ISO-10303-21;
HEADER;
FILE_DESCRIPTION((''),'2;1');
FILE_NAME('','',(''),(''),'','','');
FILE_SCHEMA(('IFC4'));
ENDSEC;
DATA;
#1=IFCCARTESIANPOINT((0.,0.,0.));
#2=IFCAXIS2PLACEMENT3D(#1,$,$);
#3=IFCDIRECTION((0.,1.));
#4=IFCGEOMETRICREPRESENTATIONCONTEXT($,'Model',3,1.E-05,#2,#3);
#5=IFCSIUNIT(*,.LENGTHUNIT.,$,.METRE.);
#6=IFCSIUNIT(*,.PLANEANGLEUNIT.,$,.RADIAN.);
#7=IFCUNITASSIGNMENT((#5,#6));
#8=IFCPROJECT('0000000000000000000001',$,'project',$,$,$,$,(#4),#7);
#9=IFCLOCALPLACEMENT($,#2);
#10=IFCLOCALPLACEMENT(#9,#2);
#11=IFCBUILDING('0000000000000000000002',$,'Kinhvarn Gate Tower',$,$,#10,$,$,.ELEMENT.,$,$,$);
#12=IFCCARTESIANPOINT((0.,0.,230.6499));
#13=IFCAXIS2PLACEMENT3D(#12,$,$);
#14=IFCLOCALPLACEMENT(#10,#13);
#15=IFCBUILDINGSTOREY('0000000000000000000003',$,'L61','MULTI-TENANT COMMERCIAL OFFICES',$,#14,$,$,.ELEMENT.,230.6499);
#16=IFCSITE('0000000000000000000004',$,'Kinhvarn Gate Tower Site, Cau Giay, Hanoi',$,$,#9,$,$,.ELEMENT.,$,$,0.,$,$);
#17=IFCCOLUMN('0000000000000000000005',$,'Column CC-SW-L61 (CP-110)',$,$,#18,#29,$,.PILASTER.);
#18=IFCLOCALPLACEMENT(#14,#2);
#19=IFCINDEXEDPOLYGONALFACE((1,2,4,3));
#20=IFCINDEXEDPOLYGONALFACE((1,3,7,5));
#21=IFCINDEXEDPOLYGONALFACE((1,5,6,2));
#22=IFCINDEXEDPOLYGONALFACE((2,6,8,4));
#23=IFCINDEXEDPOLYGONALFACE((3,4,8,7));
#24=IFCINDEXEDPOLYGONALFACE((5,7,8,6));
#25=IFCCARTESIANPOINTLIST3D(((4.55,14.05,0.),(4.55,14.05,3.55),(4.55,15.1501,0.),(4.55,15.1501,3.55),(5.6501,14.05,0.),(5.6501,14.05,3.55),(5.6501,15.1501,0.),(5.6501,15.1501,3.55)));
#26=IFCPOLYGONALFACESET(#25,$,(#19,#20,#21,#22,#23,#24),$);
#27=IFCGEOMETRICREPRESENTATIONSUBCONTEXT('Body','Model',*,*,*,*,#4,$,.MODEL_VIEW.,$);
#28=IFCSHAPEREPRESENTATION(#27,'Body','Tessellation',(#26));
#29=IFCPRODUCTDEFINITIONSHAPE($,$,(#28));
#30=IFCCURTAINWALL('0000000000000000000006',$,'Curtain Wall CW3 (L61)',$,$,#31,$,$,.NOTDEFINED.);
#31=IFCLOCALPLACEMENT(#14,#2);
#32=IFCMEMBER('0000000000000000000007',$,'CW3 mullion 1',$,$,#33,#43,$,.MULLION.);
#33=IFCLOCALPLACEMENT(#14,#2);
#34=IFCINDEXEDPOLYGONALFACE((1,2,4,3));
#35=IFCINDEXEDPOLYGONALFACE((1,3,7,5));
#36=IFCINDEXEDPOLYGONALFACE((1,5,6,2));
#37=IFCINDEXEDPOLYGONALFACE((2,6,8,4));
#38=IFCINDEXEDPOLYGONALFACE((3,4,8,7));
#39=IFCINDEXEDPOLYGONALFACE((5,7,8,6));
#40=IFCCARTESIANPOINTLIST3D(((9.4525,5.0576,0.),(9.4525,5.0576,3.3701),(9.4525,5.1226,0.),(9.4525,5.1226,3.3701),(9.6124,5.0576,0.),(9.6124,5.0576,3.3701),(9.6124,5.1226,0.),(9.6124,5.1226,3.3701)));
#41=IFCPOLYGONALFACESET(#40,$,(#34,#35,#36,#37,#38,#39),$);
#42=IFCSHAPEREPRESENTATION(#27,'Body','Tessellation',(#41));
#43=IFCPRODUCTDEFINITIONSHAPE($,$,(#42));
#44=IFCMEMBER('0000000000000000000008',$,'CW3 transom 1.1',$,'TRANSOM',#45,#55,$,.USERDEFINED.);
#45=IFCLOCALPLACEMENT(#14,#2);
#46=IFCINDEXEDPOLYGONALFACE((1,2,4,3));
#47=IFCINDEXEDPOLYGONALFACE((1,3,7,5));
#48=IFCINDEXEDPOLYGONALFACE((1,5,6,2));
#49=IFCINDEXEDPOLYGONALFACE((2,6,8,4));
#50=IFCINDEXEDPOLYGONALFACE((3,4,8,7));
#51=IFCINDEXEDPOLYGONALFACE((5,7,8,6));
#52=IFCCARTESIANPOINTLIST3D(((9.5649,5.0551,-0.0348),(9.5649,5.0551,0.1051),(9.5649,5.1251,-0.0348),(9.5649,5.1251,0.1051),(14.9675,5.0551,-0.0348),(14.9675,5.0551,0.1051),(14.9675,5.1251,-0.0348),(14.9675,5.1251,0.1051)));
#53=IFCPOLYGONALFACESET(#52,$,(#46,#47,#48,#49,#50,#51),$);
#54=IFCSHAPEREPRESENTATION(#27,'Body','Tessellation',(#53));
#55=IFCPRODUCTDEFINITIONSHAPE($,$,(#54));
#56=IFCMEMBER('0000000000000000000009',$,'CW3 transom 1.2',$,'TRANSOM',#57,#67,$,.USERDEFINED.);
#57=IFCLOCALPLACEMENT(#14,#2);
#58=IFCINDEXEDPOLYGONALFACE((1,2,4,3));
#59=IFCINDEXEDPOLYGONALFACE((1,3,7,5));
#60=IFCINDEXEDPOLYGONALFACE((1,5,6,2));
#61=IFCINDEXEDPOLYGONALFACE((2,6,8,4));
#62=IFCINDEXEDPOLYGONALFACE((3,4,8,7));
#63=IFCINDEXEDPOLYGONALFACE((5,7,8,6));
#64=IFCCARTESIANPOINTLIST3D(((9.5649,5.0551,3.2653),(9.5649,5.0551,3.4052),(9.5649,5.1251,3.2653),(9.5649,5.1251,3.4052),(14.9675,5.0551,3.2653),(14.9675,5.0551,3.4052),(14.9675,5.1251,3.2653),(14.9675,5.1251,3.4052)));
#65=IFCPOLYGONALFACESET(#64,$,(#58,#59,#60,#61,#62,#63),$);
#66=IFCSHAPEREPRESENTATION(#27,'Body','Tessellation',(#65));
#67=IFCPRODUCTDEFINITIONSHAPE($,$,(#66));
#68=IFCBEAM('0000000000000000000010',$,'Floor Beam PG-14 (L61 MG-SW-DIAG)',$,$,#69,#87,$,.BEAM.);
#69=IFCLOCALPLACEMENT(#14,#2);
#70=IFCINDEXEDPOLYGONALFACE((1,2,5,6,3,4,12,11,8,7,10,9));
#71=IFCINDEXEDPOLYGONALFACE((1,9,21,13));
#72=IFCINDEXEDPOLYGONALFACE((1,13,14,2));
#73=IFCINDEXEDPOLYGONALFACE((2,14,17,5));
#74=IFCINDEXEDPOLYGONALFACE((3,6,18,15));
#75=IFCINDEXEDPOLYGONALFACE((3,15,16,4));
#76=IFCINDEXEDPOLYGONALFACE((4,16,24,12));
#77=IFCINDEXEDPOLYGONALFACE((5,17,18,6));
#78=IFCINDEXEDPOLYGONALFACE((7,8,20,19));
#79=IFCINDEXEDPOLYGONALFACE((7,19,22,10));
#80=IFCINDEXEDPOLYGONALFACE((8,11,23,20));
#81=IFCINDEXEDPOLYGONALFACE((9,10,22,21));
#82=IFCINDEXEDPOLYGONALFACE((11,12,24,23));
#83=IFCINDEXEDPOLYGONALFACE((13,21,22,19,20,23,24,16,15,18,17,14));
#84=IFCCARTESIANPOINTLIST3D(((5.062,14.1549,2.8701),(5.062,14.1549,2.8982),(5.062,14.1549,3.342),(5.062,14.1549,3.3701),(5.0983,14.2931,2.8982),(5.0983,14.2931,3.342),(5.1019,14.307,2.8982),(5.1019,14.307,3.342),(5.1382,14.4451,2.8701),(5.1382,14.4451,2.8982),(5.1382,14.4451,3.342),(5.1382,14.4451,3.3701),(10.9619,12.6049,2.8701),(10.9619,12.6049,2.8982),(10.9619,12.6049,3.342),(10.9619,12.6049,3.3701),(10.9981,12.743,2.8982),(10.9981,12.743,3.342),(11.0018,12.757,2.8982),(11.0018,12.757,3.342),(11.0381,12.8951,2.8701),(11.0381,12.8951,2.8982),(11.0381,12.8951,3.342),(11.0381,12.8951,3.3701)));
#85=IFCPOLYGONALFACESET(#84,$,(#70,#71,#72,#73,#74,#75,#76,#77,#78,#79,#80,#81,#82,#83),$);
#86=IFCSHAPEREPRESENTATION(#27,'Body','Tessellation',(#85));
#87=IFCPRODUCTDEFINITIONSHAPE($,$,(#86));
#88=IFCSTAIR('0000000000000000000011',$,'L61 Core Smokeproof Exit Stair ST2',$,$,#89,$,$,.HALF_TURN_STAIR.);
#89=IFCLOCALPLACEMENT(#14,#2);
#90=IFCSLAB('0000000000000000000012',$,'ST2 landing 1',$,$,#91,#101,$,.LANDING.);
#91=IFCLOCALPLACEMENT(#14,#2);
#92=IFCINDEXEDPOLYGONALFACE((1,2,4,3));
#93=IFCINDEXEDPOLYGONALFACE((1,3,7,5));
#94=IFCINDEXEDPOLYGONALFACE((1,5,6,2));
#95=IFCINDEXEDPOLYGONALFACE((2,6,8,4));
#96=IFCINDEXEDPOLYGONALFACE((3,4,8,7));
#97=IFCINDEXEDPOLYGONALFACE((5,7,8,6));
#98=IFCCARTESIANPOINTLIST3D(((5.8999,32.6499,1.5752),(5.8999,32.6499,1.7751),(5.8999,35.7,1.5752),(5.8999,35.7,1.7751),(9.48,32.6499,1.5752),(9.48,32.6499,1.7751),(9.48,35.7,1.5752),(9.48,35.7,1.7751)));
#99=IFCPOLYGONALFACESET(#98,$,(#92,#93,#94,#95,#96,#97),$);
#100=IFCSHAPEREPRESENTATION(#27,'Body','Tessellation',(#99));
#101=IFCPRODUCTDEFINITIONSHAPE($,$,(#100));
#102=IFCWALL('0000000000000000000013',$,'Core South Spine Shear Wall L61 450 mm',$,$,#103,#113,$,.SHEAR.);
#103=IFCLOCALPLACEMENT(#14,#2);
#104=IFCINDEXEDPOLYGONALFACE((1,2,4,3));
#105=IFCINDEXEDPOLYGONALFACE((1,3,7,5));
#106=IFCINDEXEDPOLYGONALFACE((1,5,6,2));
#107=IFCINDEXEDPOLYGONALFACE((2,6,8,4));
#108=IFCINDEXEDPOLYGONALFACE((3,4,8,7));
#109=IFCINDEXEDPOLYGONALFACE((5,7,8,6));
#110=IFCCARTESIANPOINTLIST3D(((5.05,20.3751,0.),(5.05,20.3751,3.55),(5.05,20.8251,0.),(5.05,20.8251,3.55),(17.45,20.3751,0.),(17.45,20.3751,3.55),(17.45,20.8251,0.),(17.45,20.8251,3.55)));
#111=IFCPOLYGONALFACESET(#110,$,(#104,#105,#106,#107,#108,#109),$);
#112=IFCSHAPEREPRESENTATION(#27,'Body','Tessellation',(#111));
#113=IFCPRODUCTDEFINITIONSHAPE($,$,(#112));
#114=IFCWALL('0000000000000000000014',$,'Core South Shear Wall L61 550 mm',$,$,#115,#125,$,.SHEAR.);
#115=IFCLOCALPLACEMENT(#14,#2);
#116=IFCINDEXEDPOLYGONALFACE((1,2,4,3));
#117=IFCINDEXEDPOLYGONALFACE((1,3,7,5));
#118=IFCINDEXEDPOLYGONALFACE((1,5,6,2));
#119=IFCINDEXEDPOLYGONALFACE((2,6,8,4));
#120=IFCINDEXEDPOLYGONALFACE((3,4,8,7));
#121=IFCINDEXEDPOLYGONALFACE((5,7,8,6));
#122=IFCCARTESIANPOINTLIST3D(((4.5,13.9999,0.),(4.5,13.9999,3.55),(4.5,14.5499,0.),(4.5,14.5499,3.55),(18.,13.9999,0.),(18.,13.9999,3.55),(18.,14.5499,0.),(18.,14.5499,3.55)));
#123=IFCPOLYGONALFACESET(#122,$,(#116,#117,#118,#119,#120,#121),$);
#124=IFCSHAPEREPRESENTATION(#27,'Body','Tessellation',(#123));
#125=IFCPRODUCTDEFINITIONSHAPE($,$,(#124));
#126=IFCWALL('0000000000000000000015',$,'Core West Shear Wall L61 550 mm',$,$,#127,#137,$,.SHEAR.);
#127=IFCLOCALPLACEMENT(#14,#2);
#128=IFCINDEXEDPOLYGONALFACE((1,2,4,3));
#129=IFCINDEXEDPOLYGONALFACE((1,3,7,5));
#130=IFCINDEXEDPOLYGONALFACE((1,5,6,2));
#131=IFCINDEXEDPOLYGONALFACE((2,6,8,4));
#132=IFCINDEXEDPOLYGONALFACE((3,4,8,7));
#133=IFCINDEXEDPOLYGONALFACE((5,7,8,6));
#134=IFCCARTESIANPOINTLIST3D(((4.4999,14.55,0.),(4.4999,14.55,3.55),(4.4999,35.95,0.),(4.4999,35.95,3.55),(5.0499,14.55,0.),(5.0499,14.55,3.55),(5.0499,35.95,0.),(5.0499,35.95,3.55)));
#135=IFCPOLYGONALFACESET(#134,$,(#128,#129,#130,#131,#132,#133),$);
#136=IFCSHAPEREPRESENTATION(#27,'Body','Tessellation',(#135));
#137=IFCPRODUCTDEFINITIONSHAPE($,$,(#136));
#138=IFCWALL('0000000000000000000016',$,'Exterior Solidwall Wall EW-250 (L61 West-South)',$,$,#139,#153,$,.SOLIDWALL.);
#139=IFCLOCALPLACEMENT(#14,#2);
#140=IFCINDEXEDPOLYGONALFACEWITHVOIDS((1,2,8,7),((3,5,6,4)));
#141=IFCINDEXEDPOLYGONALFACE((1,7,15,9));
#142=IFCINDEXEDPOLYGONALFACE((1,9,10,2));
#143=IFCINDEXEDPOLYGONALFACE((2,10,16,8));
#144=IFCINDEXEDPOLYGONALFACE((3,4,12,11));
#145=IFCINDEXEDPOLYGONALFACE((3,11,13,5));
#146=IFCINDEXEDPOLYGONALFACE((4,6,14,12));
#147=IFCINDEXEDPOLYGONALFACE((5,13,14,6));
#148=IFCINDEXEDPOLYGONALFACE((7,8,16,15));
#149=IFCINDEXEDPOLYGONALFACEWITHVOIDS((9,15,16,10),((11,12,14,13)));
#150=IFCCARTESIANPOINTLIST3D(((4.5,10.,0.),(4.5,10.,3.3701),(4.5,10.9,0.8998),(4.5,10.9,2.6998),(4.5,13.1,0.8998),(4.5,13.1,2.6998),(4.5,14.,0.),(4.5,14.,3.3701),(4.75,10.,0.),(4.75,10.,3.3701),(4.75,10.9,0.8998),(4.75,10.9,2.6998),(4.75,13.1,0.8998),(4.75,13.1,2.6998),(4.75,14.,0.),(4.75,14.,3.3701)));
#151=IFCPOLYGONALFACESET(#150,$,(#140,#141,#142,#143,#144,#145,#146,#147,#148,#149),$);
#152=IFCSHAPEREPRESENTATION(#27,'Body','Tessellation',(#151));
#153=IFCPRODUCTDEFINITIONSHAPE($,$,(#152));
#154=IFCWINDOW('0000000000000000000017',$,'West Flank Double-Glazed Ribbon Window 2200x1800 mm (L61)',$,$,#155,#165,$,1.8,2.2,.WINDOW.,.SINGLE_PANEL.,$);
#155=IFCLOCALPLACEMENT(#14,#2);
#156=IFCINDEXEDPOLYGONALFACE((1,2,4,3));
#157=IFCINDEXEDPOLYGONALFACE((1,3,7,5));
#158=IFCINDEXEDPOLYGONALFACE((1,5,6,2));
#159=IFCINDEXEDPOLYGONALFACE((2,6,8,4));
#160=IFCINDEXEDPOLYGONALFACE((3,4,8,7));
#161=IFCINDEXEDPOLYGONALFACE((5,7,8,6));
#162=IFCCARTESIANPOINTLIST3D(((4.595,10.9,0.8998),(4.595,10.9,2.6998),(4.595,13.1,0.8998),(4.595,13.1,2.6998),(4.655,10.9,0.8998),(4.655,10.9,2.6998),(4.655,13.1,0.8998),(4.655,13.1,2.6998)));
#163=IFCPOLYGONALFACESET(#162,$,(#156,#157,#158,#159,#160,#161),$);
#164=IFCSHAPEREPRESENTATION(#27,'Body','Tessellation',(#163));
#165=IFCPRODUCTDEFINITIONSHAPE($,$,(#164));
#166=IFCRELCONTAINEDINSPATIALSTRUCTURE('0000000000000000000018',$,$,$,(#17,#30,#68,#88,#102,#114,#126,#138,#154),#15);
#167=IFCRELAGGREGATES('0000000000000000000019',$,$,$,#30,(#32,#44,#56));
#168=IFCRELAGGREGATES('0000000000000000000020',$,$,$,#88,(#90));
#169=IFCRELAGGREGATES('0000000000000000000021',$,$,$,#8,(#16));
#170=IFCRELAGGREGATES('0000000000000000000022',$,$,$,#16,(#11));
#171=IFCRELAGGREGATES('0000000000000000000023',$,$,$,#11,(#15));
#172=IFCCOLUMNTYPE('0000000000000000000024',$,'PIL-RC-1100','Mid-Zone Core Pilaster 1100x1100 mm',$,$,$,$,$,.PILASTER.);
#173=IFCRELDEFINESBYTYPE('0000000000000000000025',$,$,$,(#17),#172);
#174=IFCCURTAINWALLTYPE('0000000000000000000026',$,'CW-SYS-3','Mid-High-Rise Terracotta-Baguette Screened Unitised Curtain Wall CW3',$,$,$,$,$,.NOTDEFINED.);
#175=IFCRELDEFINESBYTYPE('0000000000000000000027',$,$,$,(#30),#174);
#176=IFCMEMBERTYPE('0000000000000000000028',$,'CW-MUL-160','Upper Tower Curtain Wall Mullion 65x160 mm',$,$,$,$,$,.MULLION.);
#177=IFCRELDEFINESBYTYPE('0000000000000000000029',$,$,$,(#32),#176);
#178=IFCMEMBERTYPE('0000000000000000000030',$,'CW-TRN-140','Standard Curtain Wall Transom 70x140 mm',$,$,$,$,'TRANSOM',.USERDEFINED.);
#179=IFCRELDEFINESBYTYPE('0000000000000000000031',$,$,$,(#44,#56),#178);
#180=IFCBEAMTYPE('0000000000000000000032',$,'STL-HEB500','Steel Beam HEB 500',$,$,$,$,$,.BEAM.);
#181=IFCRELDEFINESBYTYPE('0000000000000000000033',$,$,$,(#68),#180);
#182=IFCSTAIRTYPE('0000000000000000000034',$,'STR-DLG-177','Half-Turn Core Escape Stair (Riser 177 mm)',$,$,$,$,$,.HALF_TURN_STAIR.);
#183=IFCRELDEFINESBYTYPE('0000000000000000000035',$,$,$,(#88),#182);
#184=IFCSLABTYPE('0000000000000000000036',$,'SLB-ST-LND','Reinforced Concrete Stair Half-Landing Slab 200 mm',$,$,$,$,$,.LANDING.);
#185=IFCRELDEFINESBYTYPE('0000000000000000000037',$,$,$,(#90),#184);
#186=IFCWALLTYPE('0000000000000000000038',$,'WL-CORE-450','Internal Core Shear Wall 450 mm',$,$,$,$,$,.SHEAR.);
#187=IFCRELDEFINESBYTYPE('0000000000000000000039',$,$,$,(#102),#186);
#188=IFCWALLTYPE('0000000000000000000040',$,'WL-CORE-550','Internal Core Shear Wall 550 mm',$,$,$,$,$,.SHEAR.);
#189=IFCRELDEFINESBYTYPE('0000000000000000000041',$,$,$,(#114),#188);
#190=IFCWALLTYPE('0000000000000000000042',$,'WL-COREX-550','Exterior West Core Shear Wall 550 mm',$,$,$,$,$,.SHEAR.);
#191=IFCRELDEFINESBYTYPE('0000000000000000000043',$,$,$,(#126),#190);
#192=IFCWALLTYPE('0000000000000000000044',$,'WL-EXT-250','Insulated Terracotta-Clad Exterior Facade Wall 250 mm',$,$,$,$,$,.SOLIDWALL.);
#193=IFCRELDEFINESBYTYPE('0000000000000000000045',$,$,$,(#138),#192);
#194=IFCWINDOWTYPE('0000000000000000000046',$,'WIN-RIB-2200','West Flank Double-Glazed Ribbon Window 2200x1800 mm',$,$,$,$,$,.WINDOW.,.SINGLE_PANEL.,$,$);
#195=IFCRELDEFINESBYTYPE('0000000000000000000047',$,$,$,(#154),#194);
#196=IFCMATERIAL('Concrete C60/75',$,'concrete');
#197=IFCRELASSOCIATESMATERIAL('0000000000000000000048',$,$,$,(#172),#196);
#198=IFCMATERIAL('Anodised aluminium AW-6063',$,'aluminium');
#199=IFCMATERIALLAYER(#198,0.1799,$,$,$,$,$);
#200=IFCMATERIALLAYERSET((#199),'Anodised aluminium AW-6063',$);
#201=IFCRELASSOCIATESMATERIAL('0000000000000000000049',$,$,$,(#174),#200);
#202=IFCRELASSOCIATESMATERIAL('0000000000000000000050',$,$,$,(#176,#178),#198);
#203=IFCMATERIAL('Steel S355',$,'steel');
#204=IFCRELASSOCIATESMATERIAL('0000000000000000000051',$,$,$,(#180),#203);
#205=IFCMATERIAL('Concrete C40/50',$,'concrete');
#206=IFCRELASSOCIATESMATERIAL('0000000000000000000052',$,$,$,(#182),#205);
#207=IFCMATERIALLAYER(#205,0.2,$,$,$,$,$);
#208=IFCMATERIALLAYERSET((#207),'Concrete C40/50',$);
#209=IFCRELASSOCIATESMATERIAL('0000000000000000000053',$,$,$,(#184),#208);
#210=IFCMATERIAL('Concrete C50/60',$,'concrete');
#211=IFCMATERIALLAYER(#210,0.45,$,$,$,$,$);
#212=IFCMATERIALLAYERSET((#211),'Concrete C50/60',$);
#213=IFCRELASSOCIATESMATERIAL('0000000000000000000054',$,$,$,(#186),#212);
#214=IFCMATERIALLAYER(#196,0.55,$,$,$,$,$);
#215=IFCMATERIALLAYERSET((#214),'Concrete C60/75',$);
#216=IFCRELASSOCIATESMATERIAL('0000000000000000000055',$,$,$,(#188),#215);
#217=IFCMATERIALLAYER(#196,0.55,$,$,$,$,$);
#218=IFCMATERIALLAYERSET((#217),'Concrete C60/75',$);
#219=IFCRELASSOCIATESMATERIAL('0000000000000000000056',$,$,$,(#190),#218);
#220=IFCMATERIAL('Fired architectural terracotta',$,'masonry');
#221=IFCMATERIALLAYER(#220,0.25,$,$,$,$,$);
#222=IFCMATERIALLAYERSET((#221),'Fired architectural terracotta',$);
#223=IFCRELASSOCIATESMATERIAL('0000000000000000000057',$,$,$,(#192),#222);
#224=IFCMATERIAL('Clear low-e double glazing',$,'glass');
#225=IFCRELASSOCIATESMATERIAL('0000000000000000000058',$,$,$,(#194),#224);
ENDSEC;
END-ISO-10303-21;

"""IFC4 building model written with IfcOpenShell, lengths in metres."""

from ifc_helpers import new_model, si_unit, direction, frame, frame_2d, origin, origin_2d, place, context, subcontext, project, spatial, polyline, rectangle, i_section, outline, extrude, material, layer, layer_set, material_profile, profile_set, type_object, element, fill, aggregate, save


model = new_model("IFC4")

# Units and contexts
model_context = context("Model", 3, precision=1e-05, world=origin(), true_north=direction((0.0, 1.0)))
body_context = subcontext(model_context, "Body", "Model", "MODEL_VIEW")
ifc_project = project(units=[si_unit("LENGTHUNIT", "METRE"), si_unit("PLANEANGLEUNIT", "RADIAN")], contexts=[model_context])

# Site, building, storey
site_placement = place(None, origin())
site = spatial("IfcSite", under=ifc_project, at=site_placement, Name="Kinhvarn Gate Tower Site, Cau Giay, Hanoi", CompositionType="ELEMENT", RefElevation=0.0)
building_placement = place(site_placement, origin())
building = spatial("IfcBuilding", under=site, at=building_placement, Name="Kinhvarn Gate Tower", CompositionType="ELEMENT")
storey_placement = place(building_placement, frame((0.0, 0.0, 230.6499)))
storey = spatial("IfcBuildingStorey", under=building, at=storey_placement, Name="L61", Description="MULTI-TENANT COMMERCIAL OFFICES", CompositionType="ELEMENT", Elevation=230.6499)

# Column
ifc_material_1 = material(Name="Concrete C60/75", Category="concrete")
ifc_material_profile_1 = material_profile(ifc_material_1, rectangle(XDim=1.1001, YDim=1.1001, at=origin_2d()), Name="RC 1100x1100")
ifc_profile_set_1 = profile_set([ifc_material_profile_1], Name="Concrete C60/75")
column_type = type_object("IfcColumnType", Name="PIL-RC-1100", Description="Mid-Zone Core Pilaster 1100x1100 mm", PredefinedType="PILASTER", material=ifc_profile_set_1)
column_placement = place(storey_placement, frame((5.1001, 14.6001, 0.0), z_axis=(0.0, 0.0, 1.0), x_axis=(1.0, 0.0, 0.0)))
element("IfcColumn", 1, at=column_placement, inside=storey, type_object=column_type, Name="Column CC-SW-L61 (CP-110)", PredefinedType="PILASTER", context=body_context, shape_type="SweptSolid", body=[
    extrude(rectangle(XDim=1.1001, YDim=1.1001, at=origin_2d()), origin(), (0.0, 0.0, 1.0), 3.55),
])

# Curtain wall, members
ifc_material_2 = material(Name="Anodised aluminium AW-6063", Category="aluminium")
ifc_layer_1 = layer(ifc_material_2, 0.1799)
ifc_layer_set_1 = layer_set([ifc_layer_1], Name="Anodised aluminium AW-6063")
curtain_wall_type = type_object("IfcCurtainWallType", Name="CW-SYS-3", Description="Mid-High-Rise Terracotta-Baguette Screened Unitised Curtain Wall CW3", PredefinedType="NOTDEFINED", material=ifc_layer_set_1)
curtain_wall_placement = place(storey_placement, origin())
curtain_wall = element("IfcCurtainWall", 2, at=curtain_wall_placement, inside=storey, type_object=curtain_wall_type, Name="Curtain Wall CW3 (L61)", PredefinedType="NOTDEFINED")
ifc_material_profile_2 = material_profile(ifc_material_2, rectangle(XDim=0.0649, YDim=0.1599, at=origin_2d()), Name="ALU 65x160")
ifc_profile_set_2 = profile_set([ifc_material_profile_2], Name="Anodised aluminium AW-6063")
member_type_1 = type_object("IfcMemberType", Name="CW-MUL-160", Description="Upper Tower Curtain Wall Mullion 65x160 mm", PredefinedType="MULLION", material=ifc_profile_set_2)
member_1_placement = place(storey_placement, frame((9.5325, 5.0901, 0.0), z_axis=(0.0, 0.0, 1.0), x_axis=(0.0, 1.0, 0.0)))
member_1 = element("IfcMember", 3, at=member_1_placement, type_object=member_type_1, Name="CW3 mullion 1", PredefinedType="MULLION", context=body_context, shape_type="SweptSolid", body=[
    extrude(rectangle(XDim=0.0649, YDim=0.1599, at=origin_2d()), origin(), (0.0, 0.0, 1.0), 3.3701),
])
ifc_material_profile_3 = material_profile(ifc_material_2, rectangle(XDim=0.0701, YDim=0.1399, at=origin_2d()), Name="ALU 70x140")
ifc_profile_set_3 = profile_set([ifc_material_profile_3], Name="Anodised aluminium AW-6063")
member_type_2 = type_object("IfcMemberType", Name="CW-TRN-140", Description="Standard Curtain Wall Transom 70x140 mm", ElementType="TRANSOM", PredefinedType="USERDEFINED", material=ifc_profile_set_3)
member_2_placement = place(storey_placement, frame((9.5649, 5.0901, 0.0352), z_axis=(1.0, 0.0, 0.0), x_axis=(0.0, 1.0, 0.0)))
member_2 = element("IfcMember", 4, at=member_2_placement, type_object=member_type_2, Name="CW3 transom 1.1", ObjectType="TRANSOM", PredefinedType="USERDEFINED", context=body_context, shape_type="SweptSolid", body=[
    extrude(rectangle(XDim=0.0701, YDim=0.1399, at=origin_2d()), origin(), (0.0, 0.0, 1.0), 5.4026),
])
member_3_placement = place(storey_placement, frame((9.5649, 5.0901, 3.3352), z_axis=(1.0, 0.0, 0.0), x_axis=(0.0, 1.0, 0.0)))
member_3 = element("IfcMember", 5, at=member_3_placement, type_object=member_type_2, Name="CW3 transom 1.2", ObjectType="TRANSOM", PredefinedType="USERDEFINED", context=body_context, shape_type="SweptSolid", body=[
    extrude(rectangle(XDim=0.0701, YDim=0.1399, at=origin_2d()), origin(), (0.0, 0.0, 1.0), 5.4026),
])
aggregate(curtain_wall, [member_1, member_2, member_3])

# Beam
ifc_material_3 = material(Name="Steel S355", Category="steel")
ifc_material_profile_4 = material_profile(ifc_material_3, i_section(OverallWidth=0.3, OverallDepth=0.5, WebThickness=0.0144, FlangeThickness=0.0281, at=origin_2d()), Name="HEB 500")
ifc_profile_set_4 = profile_set([ifc_material_profile_4], Name="Steel S355")
beam_type = type_object("IfcBeamType", Name="STL-HEB500", Description="Steel Beam HEB 500", PredefinedType="BEAM", material=ifc_profile_set_4)
beam_placement = place(storey_placement, frame((5.1001, 14.3, 3.1201), z_axis=(0.967178, -0.254101, 0.0), x_axis=(0.254101, 0.967178, 0.0)))
element("IfcBeam", 6, at=beam_placement, inside=storey, type_object=beam_type, Name="Floor Beam PG-14 (L61 MG-SW-DIAG)", PredefinedType="BEAM", context=body_context, shape_type="SweptSolid", body=[
    extrude(i_section(OverallWidth=0.3, OverallDepth=0.5, WebThickness=0.0144, FlangeThickness=0.0281, at=origin_2d()), origin(), (0.0, 0.0, 1.0), 6.1001),
])

# Stair, slab
ifc_material_4 = material(Name="Concrete C40/50", Category="concrete")
stair_type = type_object("IfcStairType", Name="STR-DLG-177", Description="Half-Turn Core Escape Stair (Riser 177 mm)", PredefinedType="HALF_TURN_STAIR", material=ifc_material_4)
stair_1_placement = place(storey_placement, origin())
stair_1 = element("IfcStair", 7, at=stair_1_placement, inside=storey, type_object=stair_type, Name="L61 Core Smokeproof Exit Stair ST2", PredefinedType="HALF_TURN_STAIR")
ifc_layer_2 = layer(ifc_material_4, 0.2)
ifc_layer_set_2 = layer_set([ifc_layer_2], Name="Concrete C40/50")
slab_type = type_object("IfcSlabType", Name="SLB-ST-LND", Description="Reinforced Concrete Stair Half-Landing Slab 200 mm", PredefinedType="LANDING", material=ifc_layer_set_2)
slab_placement = place(storey_placement, frame((0.0, 0.0, 1.5752)))
slab = element("IfcSlab", 8, at=slab_placement, type_object=slab_type, Name="ST2 landing 1", PredefinedType="LANDING", context=body_context, shape_type="SweptSolid", body=[
    extrude(outline(polyline([(9.48, 35.7), (5.8999, 35.7), (5.8999, 32.6499), (9.48, 32.6499), (9.48, 35.7)])), origin(), (0.0, 0.0, 1.0), 0.2),
])
aggregate(stair_1, [slab])

# Walls
ifc_material_5 = material(Name="Concrete C50/60", Category="concrete")
ifc_layer_3 = layer(ifc_material_5, 0.45)
ifc_layer_set_3 = layer_set([ifc_layer_3], Name="Concrete C50/60")
wall_type_1 = type_object("IfcWallType", Name="WL-CORE-450", Description="Internal Core Shear Wall 450 mm", PredefinedType="SHEAR", material=ifc_layer_set_3)
wall_1_placement = place(storey_placement, frame((5.05, 20.6001, 0.0), z_axis=(0.0, 0.0, 1.0), x_axis=(1.0, 0.0, 0.0)))
element("IfcWall", 9, at=wall_1_placement, inside=storey, type_object=wall_type_1, Name="Core South Spine Shear Wall L61 450 mm", PredefinedType="SHEAR", context=body_context, shape_type="SweptSolid", body=[
    extrude(rectangle(XDim=12.3999, YDim=0.45, at=frame_2d((6.2, 0.0))), origin(), (0.0, 0.0, 1.0), 3.55),
])
ifc_layer_4 = layer(ifc_material_1, 0.55)
ifc_layer_set_4 = layer_set([ifc_layer_4], Name="Concrete C60/75")
wall_type_2 = type_object("IfcWallType", Name="WL-CORE-550", Description="Internal Core Shear Wall 550 mm", PredefinedType="SHEAR", material=ifc_layer_set_4)
wall_2_placement = place(storey_placement, frame((4.5, 14.2749, 0.0), z_axis=(0.0, 0.0, 1.0), x_axis=(1.0, 0.0, 0.0)))
element("IfcWall", 10, at=wall_2_placement, inside=storey, type_object=wall_type_2, Name="Core South Shear Wall L61 550 mm", PredefinedType="SHEAR", context=body_context, shape_type="SweptSolid", body=[
    extrude(rectangle(XDim=13.5, YDim=0.55, at=frame_2d((6.75, 0.0))), origin(), (0.0, 0.0, 1.0), 3.55),
])
ifc_layer_5 = layer(ifc_material_1, 0.55)
ifc_layer_set_5 = layer_set([ifc_layer_5], Name="Concrete C60/75")
wall_type_3 = type_object("IfcWallType", Name="WL-COREX-550", Description="Exterior West Core Shear Wall 550 mm", PredefinedType="SHEAR", material=ifc_layer_set_5)
wall_3_placement = place(storey_placement, frame((4.7749, 14.55, 0.0), z_axis=(0.0, 0.0, 1.0), x_axis=(0.0, 1.0, 0.0)))
element("IfcWall", 11, at=wall_3_placement, inside=storey, type_object=wall_type_3, Name="Core West Shear Wall L61 550 mm", PredefinedType="SHEAR", context=body_context, shape_type="SweptSolid", body=[
    extrude(rectangle(XDim=21.3999, YDim=0.55, at=frame_2d((10.7, 0.0))), origin(), (0.0, 0.0, 1.0), 3.55),
])

# Wall, opening, window
ifc_material_6 = material(Name="Fired architectural terracotta", Category="masonry")
ifc_layer_6 = layer(ifc_material_6, 0.25)
ifc_layer_set_6 = layer_set([ifc_layer_6], Name="Fired architectural terracotta")
wall_type_4 = type_object("IfcWallType", Name="WL-EXT-250", Description="Insulated Terracotta-Clad Exterior Facade Wall 250 mm", PredefinedType="SOLIDWALL", material=ifc_layer_set_6)
wall_4_placement = place(storey_placement, frame((4.625, 14.0, 0.0), z_axis=(0.0, 0.0, 1.0), x_axis=(0.0, -1.0, 0.0)))
wall_4 = element("IfcWall", 12, at=wall_4_placement, inside=storey, type_object=wall_type_4, Name="Exterior Solidwall Wall EW-250 (L61 West-South)", PredefinedType="SOLIDWALL", context=body_context, shape_type="SweptSolid", body=[
    extrude(rectangle(XDim=4.0, YDim=0.25, at=frame_2d((2.0, 0.0))), origin(), (0.0, 0.0, 1.0), 3.3701),
])
opening_1_placement = place(wall_4_placement, frame((0.8999, 0.0, 0.8999)))
opening_1 = element("IfcOpeningElement", 13, at=opening_1_placement, cuts=wall_4, PredefinedType="OPENING", context=body_context, shape_type="SweptSolid", body=[
    extrude(rectangle(XDim=2.2, YDim=1.8, at=frame_2d((1.1001, 0.8999))), frame((0.0, 0.135, 0.0), z_axis=(0.0, -1.0, 0.0), x_axis=(1.0, 0.0, 0.0)), (0.0, 0.0, 1.0), 0.27),
])
ifc_material_7 = material(Name="Clear low-e double glazing", Category="glass")
window_type_1 = type_object("IfcWindowType", Name="WIN-RIB-2200", Description="West Flank Double-Glazed Ribbon Window 2200x1800 mm", PartitioningType="SINGLE_PANEL", PredefinedType="WINDOW", material=ifc_material_7)
window_1_placement = place(opening_1_placement, origin())
window_1 = element("IfcWindow", 14, at=window_1_placement, inside=storey, type_object=window_type_1, Name="West Flank Double-Glazed Ribbon Window 2200x1800 mm (L61)", OverallHeight=1.8, OverallWidth=2.2, PartitioningType="SINGLE_PANEL", PredefinedType="WINDOW", context=body_context, shape_type="SweptSolid", body=[
    extrude(rectangle(XDim=2.2, YDim=1.8, at=frame_2d((1.1001, 0.8999))), frame((0.0, 0.03, 0.0), z_axis=(0.0, -1.0, 0.0), x_axis=(1.0, 0.0, 0.0)), (0.0, 0.0, 1.0), 0.0601),
])
fill(opening_1, window_1)

save(model, "model.ifc")
